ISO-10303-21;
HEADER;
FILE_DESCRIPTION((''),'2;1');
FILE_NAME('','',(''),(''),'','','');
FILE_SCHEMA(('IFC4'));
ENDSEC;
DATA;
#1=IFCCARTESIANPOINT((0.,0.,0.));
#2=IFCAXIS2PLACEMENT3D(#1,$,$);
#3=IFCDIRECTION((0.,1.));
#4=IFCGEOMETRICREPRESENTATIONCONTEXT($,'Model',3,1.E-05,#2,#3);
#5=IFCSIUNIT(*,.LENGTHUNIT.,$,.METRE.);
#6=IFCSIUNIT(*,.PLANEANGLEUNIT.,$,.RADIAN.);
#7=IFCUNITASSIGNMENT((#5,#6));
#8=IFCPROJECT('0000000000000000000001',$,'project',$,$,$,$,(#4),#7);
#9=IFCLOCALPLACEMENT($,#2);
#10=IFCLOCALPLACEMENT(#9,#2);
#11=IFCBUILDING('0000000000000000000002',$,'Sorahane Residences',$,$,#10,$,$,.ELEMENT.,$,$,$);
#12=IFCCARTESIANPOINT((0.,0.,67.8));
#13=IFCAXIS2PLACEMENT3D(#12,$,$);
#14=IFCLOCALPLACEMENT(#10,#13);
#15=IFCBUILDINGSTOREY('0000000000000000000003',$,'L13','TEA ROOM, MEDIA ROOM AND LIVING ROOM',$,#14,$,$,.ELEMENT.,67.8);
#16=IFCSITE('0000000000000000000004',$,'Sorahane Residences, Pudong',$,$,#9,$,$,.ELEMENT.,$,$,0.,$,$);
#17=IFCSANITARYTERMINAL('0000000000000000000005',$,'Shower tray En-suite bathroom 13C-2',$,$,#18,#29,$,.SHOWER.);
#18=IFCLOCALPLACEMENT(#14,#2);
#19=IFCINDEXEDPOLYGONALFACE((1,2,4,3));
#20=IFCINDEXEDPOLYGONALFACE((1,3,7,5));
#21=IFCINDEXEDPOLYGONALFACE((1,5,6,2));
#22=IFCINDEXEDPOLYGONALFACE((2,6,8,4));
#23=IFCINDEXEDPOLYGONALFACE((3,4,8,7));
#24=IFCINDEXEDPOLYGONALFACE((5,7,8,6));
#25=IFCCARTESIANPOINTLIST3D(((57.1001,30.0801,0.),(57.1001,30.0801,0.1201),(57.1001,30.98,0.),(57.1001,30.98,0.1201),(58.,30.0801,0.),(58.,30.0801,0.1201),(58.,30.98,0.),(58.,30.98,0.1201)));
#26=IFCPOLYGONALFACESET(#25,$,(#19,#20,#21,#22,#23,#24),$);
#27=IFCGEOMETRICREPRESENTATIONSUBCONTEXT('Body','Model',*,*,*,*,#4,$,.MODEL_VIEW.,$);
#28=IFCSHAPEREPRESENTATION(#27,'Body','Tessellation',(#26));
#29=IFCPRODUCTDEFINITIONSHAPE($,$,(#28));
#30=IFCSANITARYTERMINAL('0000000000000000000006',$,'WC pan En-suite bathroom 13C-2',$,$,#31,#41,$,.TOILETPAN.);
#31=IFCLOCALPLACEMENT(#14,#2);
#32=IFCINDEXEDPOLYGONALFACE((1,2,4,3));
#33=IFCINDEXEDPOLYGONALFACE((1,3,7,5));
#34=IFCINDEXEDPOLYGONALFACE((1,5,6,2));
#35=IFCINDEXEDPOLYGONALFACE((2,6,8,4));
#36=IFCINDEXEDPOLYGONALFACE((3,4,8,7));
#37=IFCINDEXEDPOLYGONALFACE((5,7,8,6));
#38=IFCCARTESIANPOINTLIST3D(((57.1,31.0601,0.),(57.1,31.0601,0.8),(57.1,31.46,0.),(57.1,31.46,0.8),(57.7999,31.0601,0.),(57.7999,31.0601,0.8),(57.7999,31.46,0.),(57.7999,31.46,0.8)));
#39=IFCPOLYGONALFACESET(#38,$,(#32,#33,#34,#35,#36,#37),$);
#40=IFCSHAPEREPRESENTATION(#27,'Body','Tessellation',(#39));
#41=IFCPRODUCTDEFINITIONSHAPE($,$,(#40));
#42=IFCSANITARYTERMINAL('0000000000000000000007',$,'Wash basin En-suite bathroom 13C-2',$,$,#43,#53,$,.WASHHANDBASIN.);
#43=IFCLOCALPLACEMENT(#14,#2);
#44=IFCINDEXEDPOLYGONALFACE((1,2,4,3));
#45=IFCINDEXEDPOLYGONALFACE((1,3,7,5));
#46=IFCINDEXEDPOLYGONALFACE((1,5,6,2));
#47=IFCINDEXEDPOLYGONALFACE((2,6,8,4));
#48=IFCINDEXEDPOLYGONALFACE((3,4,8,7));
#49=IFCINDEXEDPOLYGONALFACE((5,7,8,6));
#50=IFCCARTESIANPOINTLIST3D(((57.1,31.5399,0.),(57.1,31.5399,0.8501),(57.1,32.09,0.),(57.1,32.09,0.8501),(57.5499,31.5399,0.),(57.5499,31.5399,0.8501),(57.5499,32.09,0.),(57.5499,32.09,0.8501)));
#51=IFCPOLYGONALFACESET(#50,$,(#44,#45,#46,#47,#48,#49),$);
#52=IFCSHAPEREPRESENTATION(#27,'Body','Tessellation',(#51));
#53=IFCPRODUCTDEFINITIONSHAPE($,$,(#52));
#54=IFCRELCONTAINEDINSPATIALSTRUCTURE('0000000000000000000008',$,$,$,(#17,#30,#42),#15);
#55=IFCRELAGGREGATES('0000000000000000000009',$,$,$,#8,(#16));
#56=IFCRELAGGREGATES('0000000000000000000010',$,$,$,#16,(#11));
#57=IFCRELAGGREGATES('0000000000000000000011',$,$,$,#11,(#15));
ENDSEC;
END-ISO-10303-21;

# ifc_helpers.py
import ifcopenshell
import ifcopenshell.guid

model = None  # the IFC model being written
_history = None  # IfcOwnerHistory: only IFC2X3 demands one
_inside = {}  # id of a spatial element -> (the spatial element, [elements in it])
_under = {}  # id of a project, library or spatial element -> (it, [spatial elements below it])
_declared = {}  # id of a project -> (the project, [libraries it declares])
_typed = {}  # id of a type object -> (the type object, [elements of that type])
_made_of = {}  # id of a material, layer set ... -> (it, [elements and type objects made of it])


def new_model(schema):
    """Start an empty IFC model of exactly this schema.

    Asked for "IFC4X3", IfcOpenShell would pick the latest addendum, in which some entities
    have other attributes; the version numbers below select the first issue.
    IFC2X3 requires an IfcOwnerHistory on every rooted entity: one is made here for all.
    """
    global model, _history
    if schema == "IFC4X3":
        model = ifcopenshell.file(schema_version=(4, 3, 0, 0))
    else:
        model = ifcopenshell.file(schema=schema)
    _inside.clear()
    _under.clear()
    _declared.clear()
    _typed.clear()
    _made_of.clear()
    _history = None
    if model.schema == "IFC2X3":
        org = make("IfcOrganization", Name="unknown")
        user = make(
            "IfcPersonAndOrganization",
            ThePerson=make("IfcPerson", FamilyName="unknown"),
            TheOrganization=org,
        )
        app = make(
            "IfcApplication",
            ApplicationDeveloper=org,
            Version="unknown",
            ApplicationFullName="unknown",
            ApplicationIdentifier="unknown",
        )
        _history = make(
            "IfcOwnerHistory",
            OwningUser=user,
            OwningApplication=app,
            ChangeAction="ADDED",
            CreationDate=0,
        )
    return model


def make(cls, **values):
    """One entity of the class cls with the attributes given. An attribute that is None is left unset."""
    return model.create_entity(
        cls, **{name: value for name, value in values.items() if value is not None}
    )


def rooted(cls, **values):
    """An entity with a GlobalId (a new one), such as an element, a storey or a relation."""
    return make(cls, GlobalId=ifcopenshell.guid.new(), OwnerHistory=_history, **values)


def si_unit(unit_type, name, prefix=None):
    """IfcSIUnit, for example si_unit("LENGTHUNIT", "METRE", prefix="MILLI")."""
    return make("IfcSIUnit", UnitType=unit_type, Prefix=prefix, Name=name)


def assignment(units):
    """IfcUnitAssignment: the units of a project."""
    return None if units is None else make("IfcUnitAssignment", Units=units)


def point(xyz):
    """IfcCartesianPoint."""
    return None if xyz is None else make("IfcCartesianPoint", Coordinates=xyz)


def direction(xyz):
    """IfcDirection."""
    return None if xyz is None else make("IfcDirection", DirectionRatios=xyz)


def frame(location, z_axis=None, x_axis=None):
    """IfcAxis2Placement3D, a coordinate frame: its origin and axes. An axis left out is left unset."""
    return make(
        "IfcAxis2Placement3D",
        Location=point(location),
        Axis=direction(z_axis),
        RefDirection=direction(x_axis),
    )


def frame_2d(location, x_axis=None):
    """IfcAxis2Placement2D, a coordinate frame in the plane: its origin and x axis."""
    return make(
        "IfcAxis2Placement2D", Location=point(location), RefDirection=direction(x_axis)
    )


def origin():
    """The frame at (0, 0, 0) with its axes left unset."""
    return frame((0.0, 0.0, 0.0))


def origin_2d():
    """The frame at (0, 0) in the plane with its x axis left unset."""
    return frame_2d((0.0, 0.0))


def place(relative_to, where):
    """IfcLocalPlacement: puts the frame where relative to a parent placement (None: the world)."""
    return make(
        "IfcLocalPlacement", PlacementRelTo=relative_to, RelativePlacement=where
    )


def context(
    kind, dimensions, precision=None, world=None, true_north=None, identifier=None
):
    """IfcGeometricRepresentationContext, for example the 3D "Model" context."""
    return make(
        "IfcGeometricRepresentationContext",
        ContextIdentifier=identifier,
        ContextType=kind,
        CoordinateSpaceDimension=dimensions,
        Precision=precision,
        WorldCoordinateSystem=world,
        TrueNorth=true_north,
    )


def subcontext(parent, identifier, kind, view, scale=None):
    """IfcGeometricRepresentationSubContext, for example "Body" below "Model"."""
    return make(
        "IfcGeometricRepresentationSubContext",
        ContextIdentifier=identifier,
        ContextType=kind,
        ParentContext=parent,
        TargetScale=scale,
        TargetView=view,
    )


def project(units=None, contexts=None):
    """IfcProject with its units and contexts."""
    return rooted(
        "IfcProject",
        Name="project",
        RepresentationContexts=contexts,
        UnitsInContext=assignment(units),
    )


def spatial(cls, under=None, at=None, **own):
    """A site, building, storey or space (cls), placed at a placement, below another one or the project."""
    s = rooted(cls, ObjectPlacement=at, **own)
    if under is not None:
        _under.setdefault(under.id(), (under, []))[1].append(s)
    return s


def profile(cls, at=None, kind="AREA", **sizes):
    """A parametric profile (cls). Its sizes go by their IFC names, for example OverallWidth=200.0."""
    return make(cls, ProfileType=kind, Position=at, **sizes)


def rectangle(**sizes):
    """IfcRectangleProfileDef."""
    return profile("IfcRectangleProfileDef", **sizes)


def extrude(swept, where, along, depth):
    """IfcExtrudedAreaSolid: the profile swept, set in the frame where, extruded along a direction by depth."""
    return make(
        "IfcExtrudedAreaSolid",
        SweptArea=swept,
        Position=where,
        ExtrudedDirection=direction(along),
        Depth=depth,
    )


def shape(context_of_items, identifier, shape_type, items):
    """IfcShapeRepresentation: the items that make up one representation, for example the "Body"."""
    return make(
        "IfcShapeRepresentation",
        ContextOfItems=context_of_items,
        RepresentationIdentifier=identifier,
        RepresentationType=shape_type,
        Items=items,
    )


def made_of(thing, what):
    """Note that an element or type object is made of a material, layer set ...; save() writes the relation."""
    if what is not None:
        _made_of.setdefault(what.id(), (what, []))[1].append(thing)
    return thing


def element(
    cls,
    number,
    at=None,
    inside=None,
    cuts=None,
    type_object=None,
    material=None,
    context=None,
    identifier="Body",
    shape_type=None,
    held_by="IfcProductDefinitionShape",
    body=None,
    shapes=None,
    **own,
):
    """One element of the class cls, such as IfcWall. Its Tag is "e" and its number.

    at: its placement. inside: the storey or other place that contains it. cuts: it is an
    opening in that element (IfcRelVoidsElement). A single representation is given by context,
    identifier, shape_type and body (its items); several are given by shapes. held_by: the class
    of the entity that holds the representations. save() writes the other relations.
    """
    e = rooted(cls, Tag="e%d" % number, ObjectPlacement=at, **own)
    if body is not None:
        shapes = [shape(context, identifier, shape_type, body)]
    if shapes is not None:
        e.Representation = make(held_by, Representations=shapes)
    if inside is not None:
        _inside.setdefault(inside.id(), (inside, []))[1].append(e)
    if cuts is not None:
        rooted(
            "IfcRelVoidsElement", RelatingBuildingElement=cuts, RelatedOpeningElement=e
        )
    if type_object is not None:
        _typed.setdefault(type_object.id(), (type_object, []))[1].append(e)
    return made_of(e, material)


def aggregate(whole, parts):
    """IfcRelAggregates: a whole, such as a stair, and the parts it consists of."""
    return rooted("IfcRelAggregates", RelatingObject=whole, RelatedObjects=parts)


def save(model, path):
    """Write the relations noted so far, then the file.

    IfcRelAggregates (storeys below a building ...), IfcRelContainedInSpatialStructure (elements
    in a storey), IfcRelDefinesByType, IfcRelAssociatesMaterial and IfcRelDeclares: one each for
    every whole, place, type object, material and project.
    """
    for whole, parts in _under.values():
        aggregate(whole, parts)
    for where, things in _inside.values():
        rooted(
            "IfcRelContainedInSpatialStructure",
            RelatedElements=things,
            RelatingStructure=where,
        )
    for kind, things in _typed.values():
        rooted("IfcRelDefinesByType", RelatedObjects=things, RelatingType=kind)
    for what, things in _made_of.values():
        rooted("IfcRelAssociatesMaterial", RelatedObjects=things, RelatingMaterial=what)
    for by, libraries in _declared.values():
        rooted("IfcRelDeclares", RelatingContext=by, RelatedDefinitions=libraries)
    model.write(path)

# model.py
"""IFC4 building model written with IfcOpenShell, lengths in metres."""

from ifc_helpers import new_model, si_unit, direction, frame, origin, origin_2d, place, context, subcontext, project, spatial, rectangle, extrude, element, save


model = new_model("IFC4")

# Units and contexts
model_context = context("Model", 3, precision=1e-05, world=origin(), true_north=direction((0.0, 1.0)))
body_context = subcontext(model_context, "Body", "Model", "MODEL_VIEW")
ifc_project = project(units=[si_unit("LENGTHUNIT", "METRE"), si_unit("PLANEANGLEUNIT", "RADIAN")], contexts=[model_context])

# Site, building, storey
site_placement = place(None, origin())
site = spatial("IfcSite", under=ifc_project, at=site_placement, Name="Sorahane Residences, Pudong", CompositionType="ELEMENT", RefElevation=0.0)
building_placement = place(site_placement, origin())
building = spatial("IfcBuilding", under=site, at=building_placement, Name="Sorahane Residences", CompositionType="ELEMENT")
storey_placement = place(building_placement, frame((0.0, 0.0, 67.8)))
storey = spatial("IfcBuildingStorey", under=building, at=storey_placement, Name="L13", Description="TEA ROOM, MEDIA ROOM AND LIVING ROOM", CompositionType="ELEMENT", Elevation=67.8)

# Sanitary terminals
sanitary_terminal_1_placement = place(storey_placement, frame((57.55, 30.53, 0.0), z_axis=(0.0, 0.0, 1.0), x_axis=(0.0, 1.0, 0.0)))
element("IfcSanitaryTerminal", 1, at=sanitary_terminal_1_placement, inside=storey, Name="Shower tray En-suite bathroom 13C-2", PredefinedType="SHOWER", context=body_context, shape_type="SweptSolid", body=[
    extrude(rectangle(XDim=0.8999, YDim=0.8999, at=origin_2d()), origin(), (0.0, 0.0, 1.0), 0.1201),
])
sanitary_terminal_2_placement = place(storey_placement, frame((57.45, 31.26, 0.0), z_axis=(0.0, 0.0, 1.0), x_axis=(0.0, 1.0, 0.0)))
element("IfcSanitaryTerminal", 2, at=sanitary_terminal_2_placement, inside=storey, Name="WC pan En-suite bathroom 13C-2", PredefinedType="TOILETPAN", context=body_context, shape_type="SweptSolid", body=[
    extrude(rectangle(XDim=0.3999, YDim=0.7, at=origin_2d()), origin(), (0.0, 0.0, 1.0), 0.8),
])
sanitary_terminal_3_placement = place(storey_placement, frame((57.325, 31.8149, 0.0), z_axis=(0.0, 0.0, 1.0), x_axis=(0.0, 1.0, 0.0)))
element("IfcSanitaryTerminal", 3, at=sanitary_terminal_3_placement, inside=storey, Name="Wash basin En-suite bathroom 13C-2", PredefinedType="WASHHANDBASIN", context=body_context, shape_type="SweptSolid", body=[
    extrude(rectangle(XDim=0.55, YDim=0.45, at=origin_2d()), origin(), (0.0, 0.0, 1.0), 0.8501),
])

save(model, "model.ifc")
